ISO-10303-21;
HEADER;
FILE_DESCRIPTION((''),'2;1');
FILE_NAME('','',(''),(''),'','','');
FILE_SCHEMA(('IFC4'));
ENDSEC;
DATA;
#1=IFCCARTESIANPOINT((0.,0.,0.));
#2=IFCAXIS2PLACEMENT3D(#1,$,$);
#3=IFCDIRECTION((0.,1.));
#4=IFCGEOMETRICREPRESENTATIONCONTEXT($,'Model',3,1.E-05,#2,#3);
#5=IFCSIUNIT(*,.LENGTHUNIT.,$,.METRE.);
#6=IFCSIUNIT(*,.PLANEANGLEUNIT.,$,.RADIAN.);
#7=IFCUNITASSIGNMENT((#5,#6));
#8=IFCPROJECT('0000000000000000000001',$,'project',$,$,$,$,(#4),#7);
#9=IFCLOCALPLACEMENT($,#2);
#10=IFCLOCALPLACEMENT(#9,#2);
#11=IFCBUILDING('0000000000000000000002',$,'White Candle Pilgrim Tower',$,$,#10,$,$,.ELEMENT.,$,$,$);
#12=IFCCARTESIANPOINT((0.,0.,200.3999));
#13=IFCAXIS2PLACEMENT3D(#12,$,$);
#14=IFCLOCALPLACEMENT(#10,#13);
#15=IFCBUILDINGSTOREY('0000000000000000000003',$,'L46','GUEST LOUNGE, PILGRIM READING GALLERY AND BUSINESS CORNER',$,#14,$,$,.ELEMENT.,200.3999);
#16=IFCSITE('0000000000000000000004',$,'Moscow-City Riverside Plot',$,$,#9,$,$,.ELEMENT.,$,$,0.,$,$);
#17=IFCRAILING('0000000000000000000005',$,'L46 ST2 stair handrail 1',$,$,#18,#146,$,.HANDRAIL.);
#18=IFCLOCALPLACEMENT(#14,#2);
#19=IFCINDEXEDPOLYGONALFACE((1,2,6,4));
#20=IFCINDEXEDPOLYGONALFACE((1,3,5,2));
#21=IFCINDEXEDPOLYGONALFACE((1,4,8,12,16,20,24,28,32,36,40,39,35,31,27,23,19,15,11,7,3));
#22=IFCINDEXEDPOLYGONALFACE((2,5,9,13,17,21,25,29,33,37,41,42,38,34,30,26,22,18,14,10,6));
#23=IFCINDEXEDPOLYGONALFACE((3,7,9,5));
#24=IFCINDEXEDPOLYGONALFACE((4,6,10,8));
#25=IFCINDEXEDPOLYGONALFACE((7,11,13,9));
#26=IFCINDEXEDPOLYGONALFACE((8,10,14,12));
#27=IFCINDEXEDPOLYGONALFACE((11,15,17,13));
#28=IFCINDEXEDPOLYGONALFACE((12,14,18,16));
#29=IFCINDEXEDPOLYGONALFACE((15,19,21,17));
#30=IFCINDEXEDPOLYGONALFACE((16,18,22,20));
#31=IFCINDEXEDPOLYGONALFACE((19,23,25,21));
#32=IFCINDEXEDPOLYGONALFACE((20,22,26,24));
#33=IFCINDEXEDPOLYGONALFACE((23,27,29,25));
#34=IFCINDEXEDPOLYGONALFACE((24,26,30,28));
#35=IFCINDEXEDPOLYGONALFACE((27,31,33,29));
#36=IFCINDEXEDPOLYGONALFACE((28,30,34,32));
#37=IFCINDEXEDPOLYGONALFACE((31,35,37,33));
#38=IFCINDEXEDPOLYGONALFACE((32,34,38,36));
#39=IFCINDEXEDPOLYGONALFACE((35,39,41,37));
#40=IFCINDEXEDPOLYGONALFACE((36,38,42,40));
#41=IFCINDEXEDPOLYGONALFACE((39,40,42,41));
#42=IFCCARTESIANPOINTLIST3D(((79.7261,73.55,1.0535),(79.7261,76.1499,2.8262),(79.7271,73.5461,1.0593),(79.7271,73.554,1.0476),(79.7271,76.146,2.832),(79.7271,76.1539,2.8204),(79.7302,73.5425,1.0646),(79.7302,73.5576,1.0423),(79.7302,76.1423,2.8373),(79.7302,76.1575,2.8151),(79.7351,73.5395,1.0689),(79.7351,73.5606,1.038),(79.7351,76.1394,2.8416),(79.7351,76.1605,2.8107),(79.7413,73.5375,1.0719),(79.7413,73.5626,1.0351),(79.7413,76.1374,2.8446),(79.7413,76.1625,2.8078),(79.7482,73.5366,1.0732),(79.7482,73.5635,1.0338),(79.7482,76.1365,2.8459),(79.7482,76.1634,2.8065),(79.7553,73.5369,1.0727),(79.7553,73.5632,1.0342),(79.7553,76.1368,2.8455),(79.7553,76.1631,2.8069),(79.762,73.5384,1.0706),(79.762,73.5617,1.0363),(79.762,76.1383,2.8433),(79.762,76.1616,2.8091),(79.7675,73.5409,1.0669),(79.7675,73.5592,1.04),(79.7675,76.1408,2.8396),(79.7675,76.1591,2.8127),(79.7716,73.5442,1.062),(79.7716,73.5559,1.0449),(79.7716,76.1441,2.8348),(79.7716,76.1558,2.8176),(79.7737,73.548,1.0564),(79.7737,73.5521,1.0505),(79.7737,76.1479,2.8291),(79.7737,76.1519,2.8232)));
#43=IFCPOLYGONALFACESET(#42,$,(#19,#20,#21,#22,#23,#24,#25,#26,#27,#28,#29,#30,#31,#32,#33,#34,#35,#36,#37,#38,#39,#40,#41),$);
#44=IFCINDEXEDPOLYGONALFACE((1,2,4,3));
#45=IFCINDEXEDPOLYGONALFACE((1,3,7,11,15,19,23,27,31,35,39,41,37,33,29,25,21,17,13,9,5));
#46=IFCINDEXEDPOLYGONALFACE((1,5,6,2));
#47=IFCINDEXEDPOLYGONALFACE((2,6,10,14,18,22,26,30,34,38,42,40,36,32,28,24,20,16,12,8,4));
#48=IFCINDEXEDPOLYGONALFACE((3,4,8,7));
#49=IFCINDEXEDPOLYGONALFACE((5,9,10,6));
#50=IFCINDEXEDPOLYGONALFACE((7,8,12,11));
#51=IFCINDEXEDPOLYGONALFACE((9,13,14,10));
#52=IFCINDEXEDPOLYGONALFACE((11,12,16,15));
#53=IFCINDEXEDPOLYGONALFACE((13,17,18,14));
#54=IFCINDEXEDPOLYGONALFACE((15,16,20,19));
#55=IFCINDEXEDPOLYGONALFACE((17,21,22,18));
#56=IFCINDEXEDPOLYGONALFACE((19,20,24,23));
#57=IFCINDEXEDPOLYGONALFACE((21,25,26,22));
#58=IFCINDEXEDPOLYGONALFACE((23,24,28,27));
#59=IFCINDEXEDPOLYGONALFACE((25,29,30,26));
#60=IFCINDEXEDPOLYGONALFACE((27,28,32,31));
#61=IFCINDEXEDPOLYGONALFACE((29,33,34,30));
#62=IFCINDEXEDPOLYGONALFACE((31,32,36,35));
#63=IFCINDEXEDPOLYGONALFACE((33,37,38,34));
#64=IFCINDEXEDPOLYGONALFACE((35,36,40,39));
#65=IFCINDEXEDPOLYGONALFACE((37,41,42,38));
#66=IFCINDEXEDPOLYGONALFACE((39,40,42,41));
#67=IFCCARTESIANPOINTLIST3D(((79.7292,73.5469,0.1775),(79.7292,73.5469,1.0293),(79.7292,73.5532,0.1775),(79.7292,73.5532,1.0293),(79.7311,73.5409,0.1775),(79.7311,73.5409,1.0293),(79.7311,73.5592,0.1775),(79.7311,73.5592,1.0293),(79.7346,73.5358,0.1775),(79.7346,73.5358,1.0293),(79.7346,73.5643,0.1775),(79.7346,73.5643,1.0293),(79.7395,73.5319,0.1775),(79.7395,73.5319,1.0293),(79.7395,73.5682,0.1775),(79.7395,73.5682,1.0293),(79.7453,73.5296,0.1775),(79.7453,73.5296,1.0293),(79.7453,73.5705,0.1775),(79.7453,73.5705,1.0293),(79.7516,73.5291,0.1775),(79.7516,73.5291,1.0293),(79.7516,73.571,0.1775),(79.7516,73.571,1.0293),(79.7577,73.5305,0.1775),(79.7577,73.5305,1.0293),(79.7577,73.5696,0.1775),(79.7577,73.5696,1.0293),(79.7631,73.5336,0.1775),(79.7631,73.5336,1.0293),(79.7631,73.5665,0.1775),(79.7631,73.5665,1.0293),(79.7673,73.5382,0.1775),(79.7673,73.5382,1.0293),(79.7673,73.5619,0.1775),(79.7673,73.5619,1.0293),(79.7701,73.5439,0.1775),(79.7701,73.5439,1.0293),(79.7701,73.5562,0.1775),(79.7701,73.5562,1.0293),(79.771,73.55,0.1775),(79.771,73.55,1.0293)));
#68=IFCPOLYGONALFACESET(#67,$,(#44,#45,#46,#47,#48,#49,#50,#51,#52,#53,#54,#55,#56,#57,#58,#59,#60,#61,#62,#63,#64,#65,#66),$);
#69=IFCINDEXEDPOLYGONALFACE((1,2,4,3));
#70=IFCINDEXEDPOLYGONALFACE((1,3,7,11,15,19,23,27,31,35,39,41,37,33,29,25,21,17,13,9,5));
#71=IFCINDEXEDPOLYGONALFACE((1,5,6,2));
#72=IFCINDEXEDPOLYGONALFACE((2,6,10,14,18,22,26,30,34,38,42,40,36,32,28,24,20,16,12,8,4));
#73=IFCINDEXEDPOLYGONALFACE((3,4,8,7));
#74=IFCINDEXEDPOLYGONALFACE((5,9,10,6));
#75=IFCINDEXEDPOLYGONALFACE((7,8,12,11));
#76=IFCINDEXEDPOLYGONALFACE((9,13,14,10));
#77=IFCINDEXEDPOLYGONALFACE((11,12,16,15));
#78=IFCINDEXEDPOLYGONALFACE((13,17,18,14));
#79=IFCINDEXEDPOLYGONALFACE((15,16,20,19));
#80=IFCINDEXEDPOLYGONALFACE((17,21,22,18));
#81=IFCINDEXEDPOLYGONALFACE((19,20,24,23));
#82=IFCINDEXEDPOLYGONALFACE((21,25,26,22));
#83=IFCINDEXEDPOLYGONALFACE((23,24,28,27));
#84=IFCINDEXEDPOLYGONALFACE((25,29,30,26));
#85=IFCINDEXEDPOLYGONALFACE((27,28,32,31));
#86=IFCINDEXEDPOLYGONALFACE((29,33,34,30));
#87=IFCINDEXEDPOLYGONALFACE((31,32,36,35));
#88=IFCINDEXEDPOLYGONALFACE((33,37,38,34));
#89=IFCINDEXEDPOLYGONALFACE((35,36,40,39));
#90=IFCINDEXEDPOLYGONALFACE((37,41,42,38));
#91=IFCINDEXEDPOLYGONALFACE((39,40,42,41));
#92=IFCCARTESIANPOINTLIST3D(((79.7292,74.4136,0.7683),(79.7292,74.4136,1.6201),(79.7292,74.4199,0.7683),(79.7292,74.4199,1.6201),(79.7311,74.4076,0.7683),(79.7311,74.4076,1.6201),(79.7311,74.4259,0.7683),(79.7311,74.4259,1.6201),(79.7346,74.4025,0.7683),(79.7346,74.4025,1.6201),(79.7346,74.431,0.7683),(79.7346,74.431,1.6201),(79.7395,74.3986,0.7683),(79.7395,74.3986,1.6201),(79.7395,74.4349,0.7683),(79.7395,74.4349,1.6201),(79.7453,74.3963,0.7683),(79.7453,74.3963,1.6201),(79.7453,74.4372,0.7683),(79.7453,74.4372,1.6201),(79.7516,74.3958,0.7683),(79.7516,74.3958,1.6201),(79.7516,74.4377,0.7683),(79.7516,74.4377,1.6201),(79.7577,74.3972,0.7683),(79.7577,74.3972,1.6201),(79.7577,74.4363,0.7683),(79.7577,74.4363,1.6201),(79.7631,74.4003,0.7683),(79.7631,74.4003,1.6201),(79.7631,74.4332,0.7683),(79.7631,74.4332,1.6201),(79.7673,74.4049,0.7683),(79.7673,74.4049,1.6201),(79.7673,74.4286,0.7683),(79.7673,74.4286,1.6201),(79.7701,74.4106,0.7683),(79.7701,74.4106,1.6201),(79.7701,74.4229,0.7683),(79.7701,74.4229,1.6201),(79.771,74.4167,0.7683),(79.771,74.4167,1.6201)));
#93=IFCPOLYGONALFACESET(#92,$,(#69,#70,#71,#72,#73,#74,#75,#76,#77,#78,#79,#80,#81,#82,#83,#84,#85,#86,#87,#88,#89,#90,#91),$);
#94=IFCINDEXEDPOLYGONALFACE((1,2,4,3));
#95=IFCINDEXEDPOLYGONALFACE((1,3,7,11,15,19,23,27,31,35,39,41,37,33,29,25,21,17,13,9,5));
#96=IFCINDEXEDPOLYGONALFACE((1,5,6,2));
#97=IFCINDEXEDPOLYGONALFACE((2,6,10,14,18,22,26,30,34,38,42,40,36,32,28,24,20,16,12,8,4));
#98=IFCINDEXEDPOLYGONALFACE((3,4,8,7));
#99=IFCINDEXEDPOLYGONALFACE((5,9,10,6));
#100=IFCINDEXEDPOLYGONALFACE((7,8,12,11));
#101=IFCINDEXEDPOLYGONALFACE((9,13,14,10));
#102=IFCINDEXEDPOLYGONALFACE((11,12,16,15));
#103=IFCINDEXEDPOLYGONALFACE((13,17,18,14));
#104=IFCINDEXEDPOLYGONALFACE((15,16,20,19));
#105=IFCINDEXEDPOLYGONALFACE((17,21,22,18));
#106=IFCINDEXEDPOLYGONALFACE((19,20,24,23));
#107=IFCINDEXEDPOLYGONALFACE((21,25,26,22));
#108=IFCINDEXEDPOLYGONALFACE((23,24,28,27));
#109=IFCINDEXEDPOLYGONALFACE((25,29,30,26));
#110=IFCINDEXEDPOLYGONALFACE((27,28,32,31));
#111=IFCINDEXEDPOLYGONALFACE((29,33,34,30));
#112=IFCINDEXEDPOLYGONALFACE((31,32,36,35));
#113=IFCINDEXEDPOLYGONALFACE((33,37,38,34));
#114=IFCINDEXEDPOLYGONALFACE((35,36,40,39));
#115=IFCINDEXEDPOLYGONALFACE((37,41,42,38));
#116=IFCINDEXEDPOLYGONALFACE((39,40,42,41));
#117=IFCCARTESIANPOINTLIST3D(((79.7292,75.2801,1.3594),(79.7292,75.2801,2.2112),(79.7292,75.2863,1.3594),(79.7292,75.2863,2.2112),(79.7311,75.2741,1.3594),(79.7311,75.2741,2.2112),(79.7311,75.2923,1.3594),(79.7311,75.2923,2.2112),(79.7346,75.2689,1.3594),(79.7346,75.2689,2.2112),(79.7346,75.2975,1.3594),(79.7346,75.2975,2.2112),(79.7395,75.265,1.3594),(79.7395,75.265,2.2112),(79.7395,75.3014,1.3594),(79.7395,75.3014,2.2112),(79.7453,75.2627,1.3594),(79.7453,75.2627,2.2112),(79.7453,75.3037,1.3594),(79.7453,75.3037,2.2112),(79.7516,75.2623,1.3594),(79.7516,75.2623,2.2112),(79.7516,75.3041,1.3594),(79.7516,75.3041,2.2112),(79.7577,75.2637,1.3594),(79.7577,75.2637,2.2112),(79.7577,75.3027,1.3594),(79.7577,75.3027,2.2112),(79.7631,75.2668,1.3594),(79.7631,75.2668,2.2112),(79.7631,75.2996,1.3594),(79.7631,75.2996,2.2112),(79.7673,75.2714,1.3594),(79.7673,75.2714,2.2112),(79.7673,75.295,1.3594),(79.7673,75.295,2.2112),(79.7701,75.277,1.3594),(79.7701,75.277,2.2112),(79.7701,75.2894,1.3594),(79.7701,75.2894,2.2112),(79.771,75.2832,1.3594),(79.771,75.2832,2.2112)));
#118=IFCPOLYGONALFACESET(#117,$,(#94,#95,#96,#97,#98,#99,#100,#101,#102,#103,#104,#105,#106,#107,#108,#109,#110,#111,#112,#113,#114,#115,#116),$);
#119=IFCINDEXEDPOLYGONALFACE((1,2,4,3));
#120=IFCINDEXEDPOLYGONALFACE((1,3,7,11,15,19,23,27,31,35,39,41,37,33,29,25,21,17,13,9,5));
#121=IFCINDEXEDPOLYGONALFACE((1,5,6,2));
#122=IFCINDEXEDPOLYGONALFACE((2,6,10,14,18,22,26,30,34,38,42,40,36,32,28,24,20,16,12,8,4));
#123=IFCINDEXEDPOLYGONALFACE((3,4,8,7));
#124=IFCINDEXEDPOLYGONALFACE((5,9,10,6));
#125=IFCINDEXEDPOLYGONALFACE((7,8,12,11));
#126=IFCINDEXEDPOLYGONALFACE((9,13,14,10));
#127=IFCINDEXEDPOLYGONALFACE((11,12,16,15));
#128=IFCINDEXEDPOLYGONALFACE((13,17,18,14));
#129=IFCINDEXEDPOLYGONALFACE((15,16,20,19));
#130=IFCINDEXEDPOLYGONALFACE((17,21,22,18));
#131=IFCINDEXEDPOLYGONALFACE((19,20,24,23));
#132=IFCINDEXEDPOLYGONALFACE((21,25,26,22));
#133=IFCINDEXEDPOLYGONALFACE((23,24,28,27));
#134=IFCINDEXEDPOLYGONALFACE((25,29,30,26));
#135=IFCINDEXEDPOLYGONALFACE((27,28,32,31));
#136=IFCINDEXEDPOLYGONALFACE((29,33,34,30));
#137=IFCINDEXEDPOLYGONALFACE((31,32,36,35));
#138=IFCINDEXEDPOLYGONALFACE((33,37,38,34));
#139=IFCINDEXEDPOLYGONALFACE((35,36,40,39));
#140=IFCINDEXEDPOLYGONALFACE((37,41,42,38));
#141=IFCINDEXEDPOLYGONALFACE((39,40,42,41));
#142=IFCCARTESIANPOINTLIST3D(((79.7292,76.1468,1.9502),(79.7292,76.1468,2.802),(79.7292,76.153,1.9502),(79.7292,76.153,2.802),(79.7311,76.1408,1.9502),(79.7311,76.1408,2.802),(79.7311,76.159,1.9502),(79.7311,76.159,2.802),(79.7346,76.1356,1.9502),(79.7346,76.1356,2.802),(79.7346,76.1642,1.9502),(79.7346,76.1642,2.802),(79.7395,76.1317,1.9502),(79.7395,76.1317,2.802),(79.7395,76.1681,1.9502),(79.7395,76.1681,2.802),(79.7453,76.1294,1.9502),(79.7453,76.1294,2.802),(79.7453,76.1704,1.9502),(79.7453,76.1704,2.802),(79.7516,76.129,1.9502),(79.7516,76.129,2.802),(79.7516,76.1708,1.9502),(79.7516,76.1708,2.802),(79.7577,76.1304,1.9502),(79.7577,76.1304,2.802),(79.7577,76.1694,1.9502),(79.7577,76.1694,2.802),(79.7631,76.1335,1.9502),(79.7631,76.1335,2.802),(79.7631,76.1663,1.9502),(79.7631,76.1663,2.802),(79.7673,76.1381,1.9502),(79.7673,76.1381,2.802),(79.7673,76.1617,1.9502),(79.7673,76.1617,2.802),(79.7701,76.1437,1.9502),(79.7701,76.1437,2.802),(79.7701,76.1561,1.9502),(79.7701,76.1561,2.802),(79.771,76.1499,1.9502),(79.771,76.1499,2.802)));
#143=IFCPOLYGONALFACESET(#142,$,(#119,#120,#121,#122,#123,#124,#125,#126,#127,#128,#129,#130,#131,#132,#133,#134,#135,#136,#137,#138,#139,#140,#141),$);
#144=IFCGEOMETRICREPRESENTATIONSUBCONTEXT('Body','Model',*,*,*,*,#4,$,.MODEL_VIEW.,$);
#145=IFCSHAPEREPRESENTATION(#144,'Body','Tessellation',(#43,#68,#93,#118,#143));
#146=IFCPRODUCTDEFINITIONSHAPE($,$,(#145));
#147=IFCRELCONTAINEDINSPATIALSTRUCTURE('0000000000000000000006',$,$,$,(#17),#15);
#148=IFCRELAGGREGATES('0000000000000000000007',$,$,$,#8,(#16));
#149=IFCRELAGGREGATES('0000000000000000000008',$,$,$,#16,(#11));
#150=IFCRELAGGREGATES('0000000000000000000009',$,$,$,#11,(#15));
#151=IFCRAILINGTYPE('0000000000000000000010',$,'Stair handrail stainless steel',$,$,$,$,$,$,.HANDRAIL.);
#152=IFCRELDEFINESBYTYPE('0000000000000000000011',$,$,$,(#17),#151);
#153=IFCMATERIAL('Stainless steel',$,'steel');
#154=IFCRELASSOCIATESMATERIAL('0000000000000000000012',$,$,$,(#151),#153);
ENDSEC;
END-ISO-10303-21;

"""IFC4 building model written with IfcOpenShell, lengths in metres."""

from ifc_helpers import new_model, si_unit, direction, frame, origin, origin_2d, place, context, subcontext, project, spatial, circle, extrude, material, type_object, element, save


model = new_model("IFC4")

# Units and contexts
model_context = context("Model", 3, precision=1e-05, world=origin(), true_north=direction((0.0, 1.0)))
body_context = subcontext(model_context, "Body", "Model", "MODEL_VIEW")
ifc_project = project(units=[si_unit("LENGTHUNIT", "METRE"), si_unit("PLANEANGLEUNIT", "RADIAN")], contexts=[model_context])

# Site, building, storey
site_placement = place(None, origin())
site = spatial("IfcSite", under=ifc_project, at=site_placement, Name="Moscow-City Riverside Plot", CompositionType="ELEMENT", RefElevation=0.0)
building_placement = place(site_placement, origin())
building = spatial("IfcBuilding", under=site, at=building_placement, Name="White Candle Pilgrim Tower", CompositionType="ELEMENT")
storey_placement = place(building_placement, frame((0.0, 0.0, 200.3999)))
storey = spatial("IfcBuildingStorey", under=building, at=storey_placement, Name="L46", Description="GUEST LOUNGE, PILGRIM READING GALLERY AND BUSINESS CORNER", CompositionType="ELEMENT", Elevation=200.3999)

# Railing
ifc_material_1 = material(Name="Stainless steel", Category="steel")
railing_type_1 = type_object("IfcRailingType", Name="Stair handrail stainless steel", PredefinedType="HANDRAIL", material=ifc_material_1)
railing_1_placement = place(storey_placement, frame((79.75, 73.55, 0.1775)))
element("IfcRailing", 1, at=railing_1_placement, inside=storey, type_object=railing_type_1, Name="L46 ST2 stair handrail 1", PredefinedType="HANDRAIL", context=body_context, shape_type="SweptSolid", body=[
    extrude(circle(Radius=0.0239, at=origin_2d()), frame((0.0, 0.0, 0.876), z_axis=(0.0, 0.826216, 0.563354), x_axis=(-1.0, 0.0, 0.0)), (0.0, 0.0, 1.0), 3.1467),
    extrude(circle(Radius=0.021, at=origin_2d()), origin(), (0.0, 0.0, 1.0), 0.8518),
    extrude(circle(Radius=0.021, at=origin_2d()), frame((0.0, 0.8667, 0.5908)), (0.0, 0.0, 1.0), 0.8518),
    extrude(circle(Radius=0.021, at=origin_2d()), frame((0.0, 1.7332, 1.1819)), (0.0, 0.0, 1.0), 0.8518),
    extrude(circle(Radius=0.021, at=origin_2d()), frame((0.0, 2.5999, 1.7727)), (0.0, 0.0, 1.0), 0.8518),
])

save(model, "model.ifc")
